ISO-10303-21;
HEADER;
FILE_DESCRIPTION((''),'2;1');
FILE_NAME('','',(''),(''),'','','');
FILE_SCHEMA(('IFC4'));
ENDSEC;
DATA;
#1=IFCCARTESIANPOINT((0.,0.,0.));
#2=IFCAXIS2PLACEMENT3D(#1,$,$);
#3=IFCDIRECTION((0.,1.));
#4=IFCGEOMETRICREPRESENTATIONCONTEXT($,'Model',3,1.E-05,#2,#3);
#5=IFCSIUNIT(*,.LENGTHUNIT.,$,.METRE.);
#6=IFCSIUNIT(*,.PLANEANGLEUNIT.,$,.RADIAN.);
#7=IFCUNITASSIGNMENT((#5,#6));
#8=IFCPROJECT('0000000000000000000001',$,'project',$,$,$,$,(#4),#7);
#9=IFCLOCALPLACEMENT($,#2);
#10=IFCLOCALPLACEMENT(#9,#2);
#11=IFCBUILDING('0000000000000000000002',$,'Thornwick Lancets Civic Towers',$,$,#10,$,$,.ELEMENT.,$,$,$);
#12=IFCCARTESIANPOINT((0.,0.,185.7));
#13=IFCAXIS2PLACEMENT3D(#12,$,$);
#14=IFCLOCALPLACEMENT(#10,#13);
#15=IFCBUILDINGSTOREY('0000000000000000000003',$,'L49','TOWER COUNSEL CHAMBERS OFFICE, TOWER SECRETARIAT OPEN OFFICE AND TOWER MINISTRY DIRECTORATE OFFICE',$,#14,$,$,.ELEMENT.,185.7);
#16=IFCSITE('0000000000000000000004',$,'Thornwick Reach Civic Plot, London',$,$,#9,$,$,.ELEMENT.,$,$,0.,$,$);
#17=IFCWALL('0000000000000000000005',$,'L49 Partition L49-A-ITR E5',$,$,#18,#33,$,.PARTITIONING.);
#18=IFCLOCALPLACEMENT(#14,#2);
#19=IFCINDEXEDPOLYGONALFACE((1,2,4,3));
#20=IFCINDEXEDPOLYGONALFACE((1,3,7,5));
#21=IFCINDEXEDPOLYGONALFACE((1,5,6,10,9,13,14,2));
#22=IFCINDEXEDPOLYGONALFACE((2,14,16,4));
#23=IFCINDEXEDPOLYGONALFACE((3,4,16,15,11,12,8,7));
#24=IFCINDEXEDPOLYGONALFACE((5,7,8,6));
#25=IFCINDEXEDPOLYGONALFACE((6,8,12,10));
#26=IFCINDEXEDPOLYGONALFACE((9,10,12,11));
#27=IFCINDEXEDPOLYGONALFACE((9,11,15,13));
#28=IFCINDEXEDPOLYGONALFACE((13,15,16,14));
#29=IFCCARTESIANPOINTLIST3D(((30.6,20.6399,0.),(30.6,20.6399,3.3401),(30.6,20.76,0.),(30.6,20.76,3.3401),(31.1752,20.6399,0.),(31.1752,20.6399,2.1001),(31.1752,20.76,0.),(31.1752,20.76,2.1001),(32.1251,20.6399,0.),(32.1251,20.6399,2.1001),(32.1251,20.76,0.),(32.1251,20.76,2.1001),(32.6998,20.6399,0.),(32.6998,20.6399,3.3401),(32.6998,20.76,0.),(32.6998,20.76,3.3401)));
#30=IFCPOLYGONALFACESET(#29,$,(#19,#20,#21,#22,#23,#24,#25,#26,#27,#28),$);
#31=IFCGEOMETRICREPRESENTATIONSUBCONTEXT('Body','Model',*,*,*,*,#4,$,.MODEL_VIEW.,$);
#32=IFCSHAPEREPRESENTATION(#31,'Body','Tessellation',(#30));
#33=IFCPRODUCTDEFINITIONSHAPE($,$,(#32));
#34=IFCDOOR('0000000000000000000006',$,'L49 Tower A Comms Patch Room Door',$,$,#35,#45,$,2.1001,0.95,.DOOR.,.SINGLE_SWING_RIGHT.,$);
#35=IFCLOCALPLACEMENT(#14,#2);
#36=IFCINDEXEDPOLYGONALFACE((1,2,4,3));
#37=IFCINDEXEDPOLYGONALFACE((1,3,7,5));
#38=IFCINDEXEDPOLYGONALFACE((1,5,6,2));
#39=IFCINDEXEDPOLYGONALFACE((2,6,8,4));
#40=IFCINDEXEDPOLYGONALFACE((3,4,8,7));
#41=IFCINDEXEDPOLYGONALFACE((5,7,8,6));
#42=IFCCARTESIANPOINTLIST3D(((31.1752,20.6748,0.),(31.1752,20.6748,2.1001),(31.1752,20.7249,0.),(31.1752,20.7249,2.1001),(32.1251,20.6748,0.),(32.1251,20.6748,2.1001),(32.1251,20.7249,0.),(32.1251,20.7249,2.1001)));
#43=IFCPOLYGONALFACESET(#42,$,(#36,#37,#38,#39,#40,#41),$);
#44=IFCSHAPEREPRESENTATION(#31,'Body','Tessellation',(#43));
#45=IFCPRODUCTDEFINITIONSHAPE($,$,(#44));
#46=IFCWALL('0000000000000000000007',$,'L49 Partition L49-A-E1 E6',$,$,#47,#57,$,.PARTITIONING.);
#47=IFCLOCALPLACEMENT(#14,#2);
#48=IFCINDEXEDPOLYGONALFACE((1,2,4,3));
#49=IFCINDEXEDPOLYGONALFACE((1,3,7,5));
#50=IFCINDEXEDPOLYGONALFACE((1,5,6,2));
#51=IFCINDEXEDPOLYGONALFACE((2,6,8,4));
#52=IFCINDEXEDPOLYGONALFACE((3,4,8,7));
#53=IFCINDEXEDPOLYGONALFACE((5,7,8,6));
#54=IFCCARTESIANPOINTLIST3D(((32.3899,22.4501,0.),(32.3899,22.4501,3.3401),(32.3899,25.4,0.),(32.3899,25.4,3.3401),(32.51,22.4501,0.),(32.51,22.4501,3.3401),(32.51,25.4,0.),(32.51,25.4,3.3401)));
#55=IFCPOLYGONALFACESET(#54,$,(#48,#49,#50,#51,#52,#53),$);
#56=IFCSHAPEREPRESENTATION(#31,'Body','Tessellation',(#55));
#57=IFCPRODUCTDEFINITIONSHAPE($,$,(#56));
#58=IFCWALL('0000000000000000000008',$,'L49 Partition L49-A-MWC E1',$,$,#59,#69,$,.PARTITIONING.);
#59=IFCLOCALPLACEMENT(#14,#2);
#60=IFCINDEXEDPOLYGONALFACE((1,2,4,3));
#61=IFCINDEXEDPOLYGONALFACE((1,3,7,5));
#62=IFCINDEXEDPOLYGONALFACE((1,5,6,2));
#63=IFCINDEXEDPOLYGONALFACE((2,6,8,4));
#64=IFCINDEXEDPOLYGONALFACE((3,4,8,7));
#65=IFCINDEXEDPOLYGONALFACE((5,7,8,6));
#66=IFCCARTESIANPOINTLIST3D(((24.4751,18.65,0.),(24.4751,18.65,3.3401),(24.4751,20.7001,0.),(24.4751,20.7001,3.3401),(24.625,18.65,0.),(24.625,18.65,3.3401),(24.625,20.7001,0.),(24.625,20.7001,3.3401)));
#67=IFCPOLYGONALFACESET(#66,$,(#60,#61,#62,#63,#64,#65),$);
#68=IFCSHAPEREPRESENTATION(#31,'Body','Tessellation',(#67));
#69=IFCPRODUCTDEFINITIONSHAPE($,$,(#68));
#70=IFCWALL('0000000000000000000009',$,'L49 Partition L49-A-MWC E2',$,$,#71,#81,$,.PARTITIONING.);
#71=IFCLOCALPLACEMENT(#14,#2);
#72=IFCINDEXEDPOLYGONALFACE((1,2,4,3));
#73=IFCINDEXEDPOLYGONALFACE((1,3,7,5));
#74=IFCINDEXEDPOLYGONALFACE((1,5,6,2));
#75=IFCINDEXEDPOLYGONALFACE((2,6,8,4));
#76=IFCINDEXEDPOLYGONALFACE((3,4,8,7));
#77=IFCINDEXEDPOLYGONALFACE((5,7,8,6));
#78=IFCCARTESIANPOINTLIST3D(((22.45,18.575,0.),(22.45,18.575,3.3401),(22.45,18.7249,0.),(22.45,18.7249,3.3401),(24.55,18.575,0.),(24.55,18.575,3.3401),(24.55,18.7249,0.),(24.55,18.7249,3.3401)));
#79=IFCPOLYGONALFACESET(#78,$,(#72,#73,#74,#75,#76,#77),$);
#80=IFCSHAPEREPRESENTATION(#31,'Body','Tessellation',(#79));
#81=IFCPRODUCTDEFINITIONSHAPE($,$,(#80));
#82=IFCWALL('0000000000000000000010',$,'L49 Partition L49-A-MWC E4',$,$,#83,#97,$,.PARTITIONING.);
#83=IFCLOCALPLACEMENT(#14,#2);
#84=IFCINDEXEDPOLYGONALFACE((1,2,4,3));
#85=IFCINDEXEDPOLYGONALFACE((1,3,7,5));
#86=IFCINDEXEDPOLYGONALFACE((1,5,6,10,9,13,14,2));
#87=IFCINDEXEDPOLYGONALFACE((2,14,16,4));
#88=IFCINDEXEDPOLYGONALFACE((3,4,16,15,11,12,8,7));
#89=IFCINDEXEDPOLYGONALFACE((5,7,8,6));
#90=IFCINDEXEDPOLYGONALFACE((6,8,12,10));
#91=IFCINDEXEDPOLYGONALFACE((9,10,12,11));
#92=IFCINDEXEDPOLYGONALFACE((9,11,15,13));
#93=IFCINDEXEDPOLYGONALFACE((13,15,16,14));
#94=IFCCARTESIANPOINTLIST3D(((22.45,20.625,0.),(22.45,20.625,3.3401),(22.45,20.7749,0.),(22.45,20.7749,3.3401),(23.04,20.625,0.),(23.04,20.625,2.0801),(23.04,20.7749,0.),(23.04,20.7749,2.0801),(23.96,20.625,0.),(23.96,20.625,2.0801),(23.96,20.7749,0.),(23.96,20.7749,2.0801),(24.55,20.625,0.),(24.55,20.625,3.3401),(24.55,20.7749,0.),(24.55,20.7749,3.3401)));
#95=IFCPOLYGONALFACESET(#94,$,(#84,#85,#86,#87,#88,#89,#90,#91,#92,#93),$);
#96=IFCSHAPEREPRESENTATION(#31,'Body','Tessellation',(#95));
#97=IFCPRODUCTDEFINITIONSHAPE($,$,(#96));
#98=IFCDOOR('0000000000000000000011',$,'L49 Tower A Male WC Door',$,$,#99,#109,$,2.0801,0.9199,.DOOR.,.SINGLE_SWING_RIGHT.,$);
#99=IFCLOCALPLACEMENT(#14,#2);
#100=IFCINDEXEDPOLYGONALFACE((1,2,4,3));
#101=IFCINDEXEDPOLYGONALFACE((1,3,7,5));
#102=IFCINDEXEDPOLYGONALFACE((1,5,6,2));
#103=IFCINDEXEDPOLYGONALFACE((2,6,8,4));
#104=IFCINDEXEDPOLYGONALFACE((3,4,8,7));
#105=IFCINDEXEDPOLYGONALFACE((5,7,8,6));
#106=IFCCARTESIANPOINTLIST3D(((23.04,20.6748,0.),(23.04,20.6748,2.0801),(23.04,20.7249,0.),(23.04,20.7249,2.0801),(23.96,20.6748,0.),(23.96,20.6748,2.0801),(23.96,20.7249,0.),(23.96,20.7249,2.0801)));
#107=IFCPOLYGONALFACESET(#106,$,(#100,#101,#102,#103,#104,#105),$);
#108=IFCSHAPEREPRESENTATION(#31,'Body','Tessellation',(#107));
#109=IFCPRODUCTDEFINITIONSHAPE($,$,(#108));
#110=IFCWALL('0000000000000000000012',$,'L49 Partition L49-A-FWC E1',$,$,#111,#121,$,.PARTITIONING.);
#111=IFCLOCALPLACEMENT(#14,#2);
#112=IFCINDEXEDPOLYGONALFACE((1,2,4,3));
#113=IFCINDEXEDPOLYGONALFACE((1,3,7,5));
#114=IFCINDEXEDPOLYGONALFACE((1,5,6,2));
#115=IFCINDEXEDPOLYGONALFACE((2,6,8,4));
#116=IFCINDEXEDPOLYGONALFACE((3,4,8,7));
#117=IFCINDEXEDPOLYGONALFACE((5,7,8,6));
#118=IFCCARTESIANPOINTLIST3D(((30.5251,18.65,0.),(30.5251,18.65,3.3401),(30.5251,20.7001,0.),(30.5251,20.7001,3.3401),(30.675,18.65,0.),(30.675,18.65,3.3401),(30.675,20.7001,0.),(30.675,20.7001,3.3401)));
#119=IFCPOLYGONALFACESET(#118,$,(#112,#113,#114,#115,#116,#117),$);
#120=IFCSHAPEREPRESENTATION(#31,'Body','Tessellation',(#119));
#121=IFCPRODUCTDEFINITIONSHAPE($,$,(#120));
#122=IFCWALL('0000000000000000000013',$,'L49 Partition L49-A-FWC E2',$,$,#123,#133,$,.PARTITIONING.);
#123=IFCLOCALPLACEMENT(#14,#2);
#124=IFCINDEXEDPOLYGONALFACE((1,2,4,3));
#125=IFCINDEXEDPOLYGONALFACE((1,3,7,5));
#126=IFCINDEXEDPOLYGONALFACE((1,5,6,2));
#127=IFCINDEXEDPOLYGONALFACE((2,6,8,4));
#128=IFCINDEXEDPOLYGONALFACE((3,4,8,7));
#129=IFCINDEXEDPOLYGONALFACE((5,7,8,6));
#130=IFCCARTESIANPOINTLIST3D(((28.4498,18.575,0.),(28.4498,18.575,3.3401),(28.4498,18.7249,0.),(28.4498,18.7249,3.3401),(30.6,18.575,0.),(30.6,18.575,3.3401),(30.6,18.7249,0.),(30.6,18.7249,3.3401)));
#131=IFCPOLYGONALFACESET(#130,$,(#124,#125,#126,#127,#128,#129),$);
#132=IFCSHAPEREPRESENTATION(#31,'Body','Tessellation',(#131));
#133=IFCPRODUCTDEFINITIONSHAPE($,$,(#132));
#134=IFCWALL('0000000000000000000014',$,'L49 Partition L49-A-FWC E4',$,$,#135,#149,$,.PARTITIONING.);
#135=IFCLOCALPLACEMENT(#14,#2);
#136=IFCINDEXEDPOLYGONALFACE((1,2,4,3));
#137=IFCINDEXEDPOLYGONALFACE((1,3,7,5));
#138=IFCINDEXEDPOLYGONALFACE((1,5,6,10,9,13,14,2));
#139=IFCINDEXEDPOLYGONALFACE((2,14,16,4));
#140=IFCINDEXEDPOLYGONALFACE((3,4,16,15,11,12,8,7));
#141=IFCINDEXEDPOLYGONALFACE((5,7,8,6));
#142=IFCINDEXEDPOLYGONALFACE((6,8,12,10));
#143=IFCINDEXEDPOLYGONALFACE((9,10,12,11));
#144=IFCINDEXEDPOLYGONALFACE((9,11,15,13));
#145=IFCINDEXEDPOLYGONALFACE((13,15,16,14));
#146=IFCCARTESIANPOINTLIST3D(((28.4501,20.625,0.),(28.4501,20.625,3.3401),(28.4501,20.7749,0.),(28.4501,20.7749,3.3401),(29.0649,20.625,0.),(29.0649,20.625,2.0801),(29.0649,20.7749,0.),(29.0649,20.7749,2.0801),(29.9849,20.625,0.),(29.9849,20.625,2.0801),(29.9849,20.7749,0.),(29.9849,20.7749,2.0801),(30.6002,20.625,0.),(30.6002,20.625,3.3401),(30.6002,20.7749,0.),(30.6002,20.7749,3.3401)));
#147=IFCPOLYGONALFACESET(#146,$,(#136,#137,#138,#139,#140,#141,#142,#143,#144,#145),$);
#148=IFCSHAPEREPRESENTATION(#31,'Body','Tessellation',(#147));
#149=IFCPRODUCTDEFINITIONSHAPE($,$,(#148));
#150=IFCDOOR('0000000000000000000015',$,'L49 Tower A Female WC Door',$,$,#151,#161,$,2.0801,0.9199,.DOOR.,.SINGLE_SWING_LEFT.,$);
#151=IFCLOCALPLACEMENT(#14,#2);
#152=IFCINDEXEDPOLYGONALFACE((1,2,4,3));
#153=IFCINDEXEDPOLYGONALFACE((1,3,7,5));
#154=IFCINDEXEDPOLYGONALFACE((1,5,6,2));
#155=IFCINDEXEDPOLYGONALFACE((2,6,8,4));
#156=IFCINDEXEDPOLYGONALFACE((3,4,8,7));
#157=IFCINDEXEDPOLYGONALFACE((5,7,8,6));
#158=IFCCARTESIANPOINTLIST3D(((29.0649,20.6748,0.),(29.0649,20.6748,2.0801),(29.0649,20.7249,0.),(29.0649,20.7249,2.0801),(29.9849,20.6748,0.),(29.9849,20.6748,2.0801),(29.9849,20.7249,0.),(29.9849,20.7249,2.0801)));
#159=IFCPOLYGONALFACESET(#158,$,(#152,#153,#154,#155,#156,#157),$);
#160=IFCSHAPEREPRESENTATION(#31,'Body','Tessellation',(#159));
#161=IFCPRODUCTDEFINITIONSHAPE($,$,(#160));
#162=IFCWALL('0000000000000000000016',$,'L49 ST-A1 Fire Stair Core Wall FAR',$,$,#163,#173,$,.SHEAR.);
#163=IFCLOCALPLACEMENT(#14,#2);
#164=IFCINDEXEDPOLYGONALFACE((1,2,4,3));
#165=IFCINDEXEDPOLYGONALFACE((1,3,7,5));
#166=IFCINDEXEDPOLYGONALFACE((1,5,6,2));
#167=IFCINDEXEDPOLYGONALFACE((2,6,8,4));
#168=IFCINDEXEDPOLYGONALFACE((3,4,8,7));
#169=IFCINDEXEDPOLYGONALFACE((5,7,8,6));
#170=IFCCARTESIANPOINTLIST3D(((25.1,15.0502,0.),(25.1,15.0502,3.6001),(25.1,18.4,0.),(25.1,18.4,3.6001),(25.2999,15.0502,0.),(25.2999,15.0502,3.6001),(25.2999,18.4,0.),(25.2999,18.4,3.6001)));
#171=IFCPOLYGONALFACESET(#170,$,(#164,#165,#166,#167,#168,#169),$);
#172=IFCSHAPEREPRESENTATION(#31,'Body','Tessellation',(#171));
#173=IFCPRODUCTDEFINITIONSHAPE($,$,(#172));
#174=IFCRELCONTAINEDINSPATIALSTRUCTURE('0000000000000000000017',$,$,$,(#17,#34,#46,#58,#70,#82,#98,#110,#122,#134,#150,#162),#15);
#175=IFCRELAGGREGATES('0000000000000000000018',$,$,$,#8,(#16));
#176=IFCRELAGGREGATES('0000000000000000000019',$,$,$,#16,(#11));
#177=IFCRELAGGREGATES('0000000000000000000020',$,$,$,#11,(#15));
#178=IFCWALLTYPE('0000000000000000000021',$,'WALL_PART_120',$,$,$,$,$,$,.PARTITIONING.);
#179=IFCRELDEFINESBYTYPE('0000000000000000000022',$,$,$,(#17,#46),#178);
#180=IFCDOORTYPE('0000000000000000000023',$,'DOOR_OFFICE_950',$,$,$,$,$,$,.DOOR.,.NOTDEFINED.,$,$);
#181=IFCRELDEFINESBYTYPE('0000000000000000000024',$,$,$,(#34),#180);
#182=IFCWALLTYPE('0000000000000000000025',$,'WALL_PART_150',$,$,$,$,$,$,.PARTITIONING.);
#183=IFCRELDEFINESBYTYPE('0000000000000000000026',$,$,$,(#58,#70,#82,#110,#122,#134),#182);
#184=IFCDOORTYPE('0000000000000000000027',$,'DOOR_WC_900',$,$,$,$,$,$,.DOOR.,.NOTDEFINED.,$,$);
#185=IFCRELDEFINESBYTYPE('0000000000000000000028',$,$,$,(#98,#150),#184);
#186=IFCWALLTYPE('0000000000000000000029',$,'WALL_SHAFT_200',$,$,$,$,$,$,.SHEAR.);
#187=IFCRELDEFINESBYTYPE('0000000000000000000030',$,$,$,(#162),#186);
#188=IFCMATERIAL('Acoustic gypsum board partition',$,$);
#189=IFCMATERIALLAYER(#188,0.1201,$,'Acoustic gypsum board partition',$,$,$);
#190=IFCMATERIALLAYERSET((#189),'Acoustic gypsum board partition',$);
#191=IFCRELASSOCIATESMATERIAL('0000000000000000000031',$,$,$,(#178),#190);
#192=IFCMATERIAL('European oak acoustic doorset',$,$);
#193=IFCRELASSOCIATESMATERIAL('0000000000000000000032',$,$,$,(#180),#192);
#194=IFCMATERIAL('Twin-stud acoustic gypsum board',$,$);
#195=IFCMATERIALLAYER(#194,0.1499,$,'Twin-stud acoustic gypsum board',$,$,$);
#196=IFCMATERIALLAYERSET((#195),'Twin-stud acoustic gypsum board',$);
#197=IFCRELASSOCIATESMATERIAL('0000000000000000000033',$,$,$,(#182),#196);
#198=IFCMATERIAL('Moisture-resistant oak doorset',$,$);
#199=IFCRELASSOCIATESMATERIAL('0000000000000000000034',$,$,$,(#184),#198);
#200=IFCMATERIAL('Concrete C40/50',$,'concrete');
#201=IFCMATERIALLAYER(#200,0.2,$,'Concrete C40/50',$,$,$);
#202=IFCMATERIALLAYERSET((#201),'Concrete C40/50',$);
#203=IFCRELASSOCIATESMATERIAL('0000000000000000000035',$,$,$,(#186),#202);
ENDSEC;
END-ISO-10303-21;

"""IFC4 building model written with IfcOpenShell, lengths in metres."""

from ifc_helpers import new_model, si_unit, direction, frame, frame_2d, origin, place, context, subcontext, project, spatial, rectangle, extrude, material, layer, layer_set, type_object, element, fill, save


model = new_model("IFC4")

# Units and contexts
model_context = context("Model", 3, precision=1e-05, world=origin(), true_north=direction((0.0, 1.0)))
body_context = subcontext(model_context, "Body", "Model", "MODEL_VIEW")
ifc_project = project(units=[si_unit("LENGTHUNIT", "METRE"), si_unit("PLANEANGLEUNIT", "RADIAN")], contexts=[model_context])

# Site, building, storey
site_placement = place(None, origin())
site = spatial("IfcSite", under=ifc_project, at=site_placement, Name="Thornwick Reach Civic Plot, London", CompositionType="ELEMENT", RefElevation=0.0)
building_placement = place(site_placement, origin())
building = spatial("IfcBuilding", under=site, at=building_placement, Name="Thornwick Lancets Civic Towers", CompositionType="ELEMENT")
storey_placement = place(building_placement, frame((0.0, 0.0, 185.7)))
storey = spatial("IfcBuildingStorey", under=building, at=storey_placement, Name="L49", Description="TOWER COUNSEL CHAMBERS OFFICE, TOWER SECRETARIAT OPEN OFFICE AND TOWER MINISTRY DIRECTORATE OFFICE", CompositionType="ELEMENT", Elevation=185.7)

# Shared definitions
ifc_material_1 = material(Name="Concrete C40/50", Category="concrete")

# Shared definitions
ifc_material_2 = material(Name="Acoustic gypsum board partition")
ifc_layer_1 = layer(ifc_material_2, 0.1201, Name="Acoustic gypsum board partition")
ifc_layer_set_1 = layer_set([ifc_layer_1], Name="Acoustic gypsum board partition")
wall_type_1 = type_object("IfcWallType", Name="WALL_PART_120", PredefinedType="PARTITIONING", material=ifc_layer_set_1)

# Wall, opening, door
wall_1_placement = place(storey_placement, frame((30.6001, 20.7, 0.0), z_axis=(0.0, 0.0, 1.0), x_axis=(1.0, 0.0, 0.0)))
wall_1 = element("IfcWall", 1, at=wall_1_placement, inside=storey, type_object=wall_type_1, Name="L49 Partition L49-A-ITR E5", PredefinedType="PARTITIONING", context=body_context, shape_type="SweptSolid", body=[
    extrude(rectangle(XDim=2.0999, YDim=0.1201, at=frame_2d((1.0498, 0.0))), origin(), (0.0, 0.0, 1.0), 3.3401),
])
opening_1_placement = place(wall_1_placement, frame((0.575, 0.0, 0.0)))
opening_1 = element("IfcOpeningElement", 2, at=opening_1_placement, cuts=wall_1, PredefinedType="OPENING", context=body_context, shape_type="SweptSolid", body=[
    extrude(rectangle(XDim=0.95, YDim=2.1001, at=frame_2d((0.4751, 1.05))), frame((0.0, 0.0701, 0.0), z_axis=(0.0, -1.0, 0.0), x_axis=(1.0, 0.0, 0.0)), (0.0, 0.0, 1.0), 0.1401),
])
ifc_material_3 = material(Name="European oak acoustic doorset")
door_type_1 = type_object("IfcDoorType", Name="DOOR_OFFICE_950", OperationType="NOTDEFINED", PredefinedType="DOOR", material=ifc_material_3)
door_1_placement = place(opening_1_placement, origin())
door_1 = element("IfcDoor", 3, at=door_1_placement, inside=storey, type_object=door_type_1, Name="L49 Tower A Comms Patch Room Door", OperationType="SINGLE_SWING_RIGHT", OverallHeight=2.1001, OverallWidth=0.95, PredefinedType="DOOR", context=body_context, shape_type="SweptSolid", body=[
    extrude(rectangle(XDim=0.95, YDim=2.1001, at=frame_2d((0.4751, 1.05))), frame((0.0, 0.0249, 0.0), z_axis=(0.0, -1.0, 0.0), x_axis=(1.0, 0.0, 0.0)), (0.0, 0.0, 1.0), 0.05),
])
fill(opening_1, door_1)

# Walls
wall_2_placement = place(storey_placement, frame((32.45, 22.45, 0.0), z_axis=(0.0, 0.0, 1.0), x_axis=(0.0, 1.0, 0.0)))
element("IfcWall", 4, at=wall_2_placement, inside=storey, type_object=wall_type_1, Name="L49 Partition L49-A-E1 E6", PredefinedType="PARTITIONING", context=body_context, shape_type="SweptSolid", body=[
    extrude(rectangle(XDim=2.95, YDim=0.1201, at=frame_2d((1.4751, 0.0))), origin(), (0.0, 0.0, 1.0), 3.3401),
])
ifc_material_4 = material(Name="Twin-stud acoustic gypsum board")
ifc_layer_2 = layer(ifc_material_4, 0.1499, Name="Twin-stud acoustic gypsum board")
ifc_layer_set_2 = layer_set([ifc_layer_2], Name="Twin-stud acoustic gypsum board")
wall_type_2 = type_object("IfcWallType", Name="WALL_PART_150", PredefinedType="PARTITIONING", material=ifc_layer_set_2)
wall_3_placement = place(storey_placement, frame((24.55, 20.7, 0.0), z_axis=(0.0, 0.0, 1.0), x_axis=(0.0, -1.0, 0.0)))
element("IfcWall", 5, at=wall_3_placement, inside=storey, type_object=wall_type_2, Name="L49 Partition L49-A-MWC E1", PredefinedType="PARTITIONING", context=body_context, shape_type="SweptSolid", body=[
    extrude(rectangle(XDim=2.05, YDim=0.1499, at=frame_2d((1.0249, 0.0))), origin(), (0.0, 0.0, 1.0), 3.3401),
])
wall_4_placement = place(storey_placement, frame((24.55, 18.6499, 0.0), z_axis=(0.0, 0.0, 1.0), x_axis=(-1.0, 0.0, 0.0)))
element("IfcWall", 6, at=wall_4_placement, inside=storey, type_object=wall_type_2, Name="L49 Partition L49-A-MWC E2", PredefinedType="PARTITIONING", context=body_context, shape_type="SweptSolid", body=[
    extrude(rectangle(XDim=2.1001, YDim=0.1499, at=frame_2d((1.05, 0.0))), origin(), (0.0, 0.0, 1.0), 3.3401),
])

# Wall, opening, door
wall_5_placement = place(storey_placement, frame((22.45, 20.7, 0.0), z_axis=(0.0, 0.0, 1.0), x_axis=(1.0, 0.0, 0.0)))
wall_5 = element("IfcWall", 7, at=wall_5_placement, inside=storey, type_object=wall_type_2, Name="L49 Partition L49-A-MWC E4", PredefinedType="PARTITIONING", context=body_context, shape_type="SweptSolid", body=[
    extrude(rectangle(XDim=2.1001, YDim=0.1499, at=frame_2d((1.05, 0.0))), origin(), (0.0, 0.0, 1.0), 3.3401),
])
opening_2_placement = place(wall_5_placement, frame((0.5901, 0.0, 0.0)))
opening_2 = element("IfcOpeningElement", 8, at=opening_2_placement, cuts=wall_5, PredefinedType="OPENING", context=body_context, shape_type="SweptSolid", body=[
    extrude(rectangle(XDim=0.9199, YDim=2.0801, at=frame_2d((0.46, 1.04))), frame((0.0, 0.085, 0.0), z_axis=(0.0, -1.0, 0.0), x_axis=(1.0, 0.0, 0.0)), (0.0, 0.0, 1.0), 0.1699),
])
ifc_material_5 = material(Name="Moisture-resistant oak doorset")
door_type_2 = type_object("IfcDoorType", Name="DOOR_WC_900", OperationType="NOTDEFINED", PredefinedType="DOOR", material=ifc_material_5)
door_2_placement = place(opening_2_placement, origin())
door_2 = element("IfcDoor", 9, at=door_2_placement, inside=storey, type_object=door_type_2, Name="L49 Tower A Male WC Door", OperationType="SINGLE_SWING_RIGHT", OverallHeight=2.0801, OverallWidth=0.9199, PredefinedType="DOOR", context=body_context, shape_type="SweptSolid", body=[
    extrude(rectangle(XDim=0.9199, YDim=2.0801, at=frame_2d((0.46, 1.04))), frame((0.0, 0.0249, 0.0), z_axis=(0.0, -1.0, 0.0), x_axis=(1.0, 0.0, 0.0)), (0.0, 0.0, 1.0), 0.05),
])
fill(opening_2, door_2)

# Walls
wall_6_placement = place(storey_placement, frame((30.6001, 20.7, 0.0), z_axis=(0.0, 0.0, 1.0), x_axis=(0.0, -1.0, 0.0)))
element("IfcWall", 10, at=wall_6_placement, inside=storey, type_object=wall_type_2, Name="L49 Partition L49-A-FWC E1", PredefinedType="PARTITIONING", context=body_context, shape_type="SweptSolid", body=[
    extrude(rectangle(XDim=2.05, YDim=0.1499, at=frame_2d((1.0249, 0.0))), origin(), (0.0, 0.0, 1.0), 3.3401),
])
wall_7_placement = place(storey_placement, frame((30.6001, 18.6499, 0.0), z_axis=(0.0, 0.0, 1.0), x_axis=(-1.0, 0.0, 0.0)))
element("IfcWall", 11, at=wall_7_placement, inside=storey, type_object=wall_type_2, Name="L49 Partition L49-A-FWC E2", PredefinedType="PARTITIONING", context=body_context, shape_type="SweptSolid", body=[
    extrude(rectangle(XDim=2.1501, YDim=0.1499, at=frame_2d((1.0752, 0.0))), origin(), (0.0, 0.0, 1.0), 3.3401),
])

# Wall, opening, door
wall_8_placement = place(storey_placement, frame((28.45, 20.7, 0.0), z_axis=(0.0, 0.0, 1.0), x_axis=(1.0, 0.0, 0.0)))
wall_8 = element("IfcWall", 12, at=wall_8_placement, inside=storey, type_object=wall_type_2, Name="L49 Partition L49-A-FWC E4", PredefinedType="PARTITIONING", context=body_context, shape_type="SweptSolid", body=[
    extrude(rectangle(XDim=2.1501, YDim=0.1499, at=frame_2d((1.0752, 0.0))), origin(), (0.0, 0.0, 1.0), 3.3401),
])
opening_3_placement = place(wall_8_placement, frame((0.615, 0.0, 0.0)))
opening_3 = element("IfcOpeningElement", 13, at=opening_3_placement, cuts=wall_8, PredefinedType="OPENING", context=body_context, shape_type="SweptSolid", body=[
    extrude(rectangle(XDim=0.9199, YDim=2.0801, at=frame_2d((0.46, 1.04))), frame((0.0, 0.085, 0.0), z_axis=(0.0, -1.0, 0.0), x_axis=(1.0, 0.0, 0.0)), (0.0, 0.0, 1.0), 0.1699),
])
door_3_placement = place(opening_3_placement, origin())
door_3 = element("IfcDoor", 14, at=door_3_placement, inside=storey, type_object=door_type_2, Name="L49 Tower A Female WC Door", OperationType="SINGLE_SWING_LEFT", OverallHeight=2.0801, OverallWidth=0.9199, PredefinedType="DOOR", context=body_context, shape_type="SweptSolid", body=[
    extrude(rectangle(XDim=0.9199, YDim=2.0801, at=frame_2d((0.46, 1.04))), frame((0.0, 0.0249, 0.0), z_axis=(0.0, -1.0, 0.0), x_axis=(1.0, 0.0, 0.0)), (0.0, 0.0, 1.0), 0.05),
])
fill(opening_3, door_3)

# Wall
ifc_layer_3 = layer(ifc_material_1, 0.2, Name="Concrete C40/50")
ifc_layer_set_3 = layer_set([ifc_layer_3], Name="Concrete C40/50")
wall_type_3 = type_object("IfcWallType", Name="WALL_SHAFT_200", PredefinedType="SHEAR", material=ifc_layer_set_3)
wall_9_placement = place(storey_placement, frame((25.2, 18.3999, 0.0), z_axis=(0.0, 0.0, 1.0), x_axis=(0.0, -1.0, 0.0)))
element("IfcWall", 15, at=wall_9_placement, inside=storey, type_object=wall_type_3, Name="L49 ST-A1 Fire Stair Core Wall FAR", PredefinedType="SHEAR", context=body_context, shape_type="SweptSolid", body=[
    extrude(rectangle(XDim=3.3499, YDim=0.2, at=frame_2d((1.6748, 0.0))), origin(), (0.0, 0.0, 1.0), 3.6001),
])

save(model, "model.ifc")
